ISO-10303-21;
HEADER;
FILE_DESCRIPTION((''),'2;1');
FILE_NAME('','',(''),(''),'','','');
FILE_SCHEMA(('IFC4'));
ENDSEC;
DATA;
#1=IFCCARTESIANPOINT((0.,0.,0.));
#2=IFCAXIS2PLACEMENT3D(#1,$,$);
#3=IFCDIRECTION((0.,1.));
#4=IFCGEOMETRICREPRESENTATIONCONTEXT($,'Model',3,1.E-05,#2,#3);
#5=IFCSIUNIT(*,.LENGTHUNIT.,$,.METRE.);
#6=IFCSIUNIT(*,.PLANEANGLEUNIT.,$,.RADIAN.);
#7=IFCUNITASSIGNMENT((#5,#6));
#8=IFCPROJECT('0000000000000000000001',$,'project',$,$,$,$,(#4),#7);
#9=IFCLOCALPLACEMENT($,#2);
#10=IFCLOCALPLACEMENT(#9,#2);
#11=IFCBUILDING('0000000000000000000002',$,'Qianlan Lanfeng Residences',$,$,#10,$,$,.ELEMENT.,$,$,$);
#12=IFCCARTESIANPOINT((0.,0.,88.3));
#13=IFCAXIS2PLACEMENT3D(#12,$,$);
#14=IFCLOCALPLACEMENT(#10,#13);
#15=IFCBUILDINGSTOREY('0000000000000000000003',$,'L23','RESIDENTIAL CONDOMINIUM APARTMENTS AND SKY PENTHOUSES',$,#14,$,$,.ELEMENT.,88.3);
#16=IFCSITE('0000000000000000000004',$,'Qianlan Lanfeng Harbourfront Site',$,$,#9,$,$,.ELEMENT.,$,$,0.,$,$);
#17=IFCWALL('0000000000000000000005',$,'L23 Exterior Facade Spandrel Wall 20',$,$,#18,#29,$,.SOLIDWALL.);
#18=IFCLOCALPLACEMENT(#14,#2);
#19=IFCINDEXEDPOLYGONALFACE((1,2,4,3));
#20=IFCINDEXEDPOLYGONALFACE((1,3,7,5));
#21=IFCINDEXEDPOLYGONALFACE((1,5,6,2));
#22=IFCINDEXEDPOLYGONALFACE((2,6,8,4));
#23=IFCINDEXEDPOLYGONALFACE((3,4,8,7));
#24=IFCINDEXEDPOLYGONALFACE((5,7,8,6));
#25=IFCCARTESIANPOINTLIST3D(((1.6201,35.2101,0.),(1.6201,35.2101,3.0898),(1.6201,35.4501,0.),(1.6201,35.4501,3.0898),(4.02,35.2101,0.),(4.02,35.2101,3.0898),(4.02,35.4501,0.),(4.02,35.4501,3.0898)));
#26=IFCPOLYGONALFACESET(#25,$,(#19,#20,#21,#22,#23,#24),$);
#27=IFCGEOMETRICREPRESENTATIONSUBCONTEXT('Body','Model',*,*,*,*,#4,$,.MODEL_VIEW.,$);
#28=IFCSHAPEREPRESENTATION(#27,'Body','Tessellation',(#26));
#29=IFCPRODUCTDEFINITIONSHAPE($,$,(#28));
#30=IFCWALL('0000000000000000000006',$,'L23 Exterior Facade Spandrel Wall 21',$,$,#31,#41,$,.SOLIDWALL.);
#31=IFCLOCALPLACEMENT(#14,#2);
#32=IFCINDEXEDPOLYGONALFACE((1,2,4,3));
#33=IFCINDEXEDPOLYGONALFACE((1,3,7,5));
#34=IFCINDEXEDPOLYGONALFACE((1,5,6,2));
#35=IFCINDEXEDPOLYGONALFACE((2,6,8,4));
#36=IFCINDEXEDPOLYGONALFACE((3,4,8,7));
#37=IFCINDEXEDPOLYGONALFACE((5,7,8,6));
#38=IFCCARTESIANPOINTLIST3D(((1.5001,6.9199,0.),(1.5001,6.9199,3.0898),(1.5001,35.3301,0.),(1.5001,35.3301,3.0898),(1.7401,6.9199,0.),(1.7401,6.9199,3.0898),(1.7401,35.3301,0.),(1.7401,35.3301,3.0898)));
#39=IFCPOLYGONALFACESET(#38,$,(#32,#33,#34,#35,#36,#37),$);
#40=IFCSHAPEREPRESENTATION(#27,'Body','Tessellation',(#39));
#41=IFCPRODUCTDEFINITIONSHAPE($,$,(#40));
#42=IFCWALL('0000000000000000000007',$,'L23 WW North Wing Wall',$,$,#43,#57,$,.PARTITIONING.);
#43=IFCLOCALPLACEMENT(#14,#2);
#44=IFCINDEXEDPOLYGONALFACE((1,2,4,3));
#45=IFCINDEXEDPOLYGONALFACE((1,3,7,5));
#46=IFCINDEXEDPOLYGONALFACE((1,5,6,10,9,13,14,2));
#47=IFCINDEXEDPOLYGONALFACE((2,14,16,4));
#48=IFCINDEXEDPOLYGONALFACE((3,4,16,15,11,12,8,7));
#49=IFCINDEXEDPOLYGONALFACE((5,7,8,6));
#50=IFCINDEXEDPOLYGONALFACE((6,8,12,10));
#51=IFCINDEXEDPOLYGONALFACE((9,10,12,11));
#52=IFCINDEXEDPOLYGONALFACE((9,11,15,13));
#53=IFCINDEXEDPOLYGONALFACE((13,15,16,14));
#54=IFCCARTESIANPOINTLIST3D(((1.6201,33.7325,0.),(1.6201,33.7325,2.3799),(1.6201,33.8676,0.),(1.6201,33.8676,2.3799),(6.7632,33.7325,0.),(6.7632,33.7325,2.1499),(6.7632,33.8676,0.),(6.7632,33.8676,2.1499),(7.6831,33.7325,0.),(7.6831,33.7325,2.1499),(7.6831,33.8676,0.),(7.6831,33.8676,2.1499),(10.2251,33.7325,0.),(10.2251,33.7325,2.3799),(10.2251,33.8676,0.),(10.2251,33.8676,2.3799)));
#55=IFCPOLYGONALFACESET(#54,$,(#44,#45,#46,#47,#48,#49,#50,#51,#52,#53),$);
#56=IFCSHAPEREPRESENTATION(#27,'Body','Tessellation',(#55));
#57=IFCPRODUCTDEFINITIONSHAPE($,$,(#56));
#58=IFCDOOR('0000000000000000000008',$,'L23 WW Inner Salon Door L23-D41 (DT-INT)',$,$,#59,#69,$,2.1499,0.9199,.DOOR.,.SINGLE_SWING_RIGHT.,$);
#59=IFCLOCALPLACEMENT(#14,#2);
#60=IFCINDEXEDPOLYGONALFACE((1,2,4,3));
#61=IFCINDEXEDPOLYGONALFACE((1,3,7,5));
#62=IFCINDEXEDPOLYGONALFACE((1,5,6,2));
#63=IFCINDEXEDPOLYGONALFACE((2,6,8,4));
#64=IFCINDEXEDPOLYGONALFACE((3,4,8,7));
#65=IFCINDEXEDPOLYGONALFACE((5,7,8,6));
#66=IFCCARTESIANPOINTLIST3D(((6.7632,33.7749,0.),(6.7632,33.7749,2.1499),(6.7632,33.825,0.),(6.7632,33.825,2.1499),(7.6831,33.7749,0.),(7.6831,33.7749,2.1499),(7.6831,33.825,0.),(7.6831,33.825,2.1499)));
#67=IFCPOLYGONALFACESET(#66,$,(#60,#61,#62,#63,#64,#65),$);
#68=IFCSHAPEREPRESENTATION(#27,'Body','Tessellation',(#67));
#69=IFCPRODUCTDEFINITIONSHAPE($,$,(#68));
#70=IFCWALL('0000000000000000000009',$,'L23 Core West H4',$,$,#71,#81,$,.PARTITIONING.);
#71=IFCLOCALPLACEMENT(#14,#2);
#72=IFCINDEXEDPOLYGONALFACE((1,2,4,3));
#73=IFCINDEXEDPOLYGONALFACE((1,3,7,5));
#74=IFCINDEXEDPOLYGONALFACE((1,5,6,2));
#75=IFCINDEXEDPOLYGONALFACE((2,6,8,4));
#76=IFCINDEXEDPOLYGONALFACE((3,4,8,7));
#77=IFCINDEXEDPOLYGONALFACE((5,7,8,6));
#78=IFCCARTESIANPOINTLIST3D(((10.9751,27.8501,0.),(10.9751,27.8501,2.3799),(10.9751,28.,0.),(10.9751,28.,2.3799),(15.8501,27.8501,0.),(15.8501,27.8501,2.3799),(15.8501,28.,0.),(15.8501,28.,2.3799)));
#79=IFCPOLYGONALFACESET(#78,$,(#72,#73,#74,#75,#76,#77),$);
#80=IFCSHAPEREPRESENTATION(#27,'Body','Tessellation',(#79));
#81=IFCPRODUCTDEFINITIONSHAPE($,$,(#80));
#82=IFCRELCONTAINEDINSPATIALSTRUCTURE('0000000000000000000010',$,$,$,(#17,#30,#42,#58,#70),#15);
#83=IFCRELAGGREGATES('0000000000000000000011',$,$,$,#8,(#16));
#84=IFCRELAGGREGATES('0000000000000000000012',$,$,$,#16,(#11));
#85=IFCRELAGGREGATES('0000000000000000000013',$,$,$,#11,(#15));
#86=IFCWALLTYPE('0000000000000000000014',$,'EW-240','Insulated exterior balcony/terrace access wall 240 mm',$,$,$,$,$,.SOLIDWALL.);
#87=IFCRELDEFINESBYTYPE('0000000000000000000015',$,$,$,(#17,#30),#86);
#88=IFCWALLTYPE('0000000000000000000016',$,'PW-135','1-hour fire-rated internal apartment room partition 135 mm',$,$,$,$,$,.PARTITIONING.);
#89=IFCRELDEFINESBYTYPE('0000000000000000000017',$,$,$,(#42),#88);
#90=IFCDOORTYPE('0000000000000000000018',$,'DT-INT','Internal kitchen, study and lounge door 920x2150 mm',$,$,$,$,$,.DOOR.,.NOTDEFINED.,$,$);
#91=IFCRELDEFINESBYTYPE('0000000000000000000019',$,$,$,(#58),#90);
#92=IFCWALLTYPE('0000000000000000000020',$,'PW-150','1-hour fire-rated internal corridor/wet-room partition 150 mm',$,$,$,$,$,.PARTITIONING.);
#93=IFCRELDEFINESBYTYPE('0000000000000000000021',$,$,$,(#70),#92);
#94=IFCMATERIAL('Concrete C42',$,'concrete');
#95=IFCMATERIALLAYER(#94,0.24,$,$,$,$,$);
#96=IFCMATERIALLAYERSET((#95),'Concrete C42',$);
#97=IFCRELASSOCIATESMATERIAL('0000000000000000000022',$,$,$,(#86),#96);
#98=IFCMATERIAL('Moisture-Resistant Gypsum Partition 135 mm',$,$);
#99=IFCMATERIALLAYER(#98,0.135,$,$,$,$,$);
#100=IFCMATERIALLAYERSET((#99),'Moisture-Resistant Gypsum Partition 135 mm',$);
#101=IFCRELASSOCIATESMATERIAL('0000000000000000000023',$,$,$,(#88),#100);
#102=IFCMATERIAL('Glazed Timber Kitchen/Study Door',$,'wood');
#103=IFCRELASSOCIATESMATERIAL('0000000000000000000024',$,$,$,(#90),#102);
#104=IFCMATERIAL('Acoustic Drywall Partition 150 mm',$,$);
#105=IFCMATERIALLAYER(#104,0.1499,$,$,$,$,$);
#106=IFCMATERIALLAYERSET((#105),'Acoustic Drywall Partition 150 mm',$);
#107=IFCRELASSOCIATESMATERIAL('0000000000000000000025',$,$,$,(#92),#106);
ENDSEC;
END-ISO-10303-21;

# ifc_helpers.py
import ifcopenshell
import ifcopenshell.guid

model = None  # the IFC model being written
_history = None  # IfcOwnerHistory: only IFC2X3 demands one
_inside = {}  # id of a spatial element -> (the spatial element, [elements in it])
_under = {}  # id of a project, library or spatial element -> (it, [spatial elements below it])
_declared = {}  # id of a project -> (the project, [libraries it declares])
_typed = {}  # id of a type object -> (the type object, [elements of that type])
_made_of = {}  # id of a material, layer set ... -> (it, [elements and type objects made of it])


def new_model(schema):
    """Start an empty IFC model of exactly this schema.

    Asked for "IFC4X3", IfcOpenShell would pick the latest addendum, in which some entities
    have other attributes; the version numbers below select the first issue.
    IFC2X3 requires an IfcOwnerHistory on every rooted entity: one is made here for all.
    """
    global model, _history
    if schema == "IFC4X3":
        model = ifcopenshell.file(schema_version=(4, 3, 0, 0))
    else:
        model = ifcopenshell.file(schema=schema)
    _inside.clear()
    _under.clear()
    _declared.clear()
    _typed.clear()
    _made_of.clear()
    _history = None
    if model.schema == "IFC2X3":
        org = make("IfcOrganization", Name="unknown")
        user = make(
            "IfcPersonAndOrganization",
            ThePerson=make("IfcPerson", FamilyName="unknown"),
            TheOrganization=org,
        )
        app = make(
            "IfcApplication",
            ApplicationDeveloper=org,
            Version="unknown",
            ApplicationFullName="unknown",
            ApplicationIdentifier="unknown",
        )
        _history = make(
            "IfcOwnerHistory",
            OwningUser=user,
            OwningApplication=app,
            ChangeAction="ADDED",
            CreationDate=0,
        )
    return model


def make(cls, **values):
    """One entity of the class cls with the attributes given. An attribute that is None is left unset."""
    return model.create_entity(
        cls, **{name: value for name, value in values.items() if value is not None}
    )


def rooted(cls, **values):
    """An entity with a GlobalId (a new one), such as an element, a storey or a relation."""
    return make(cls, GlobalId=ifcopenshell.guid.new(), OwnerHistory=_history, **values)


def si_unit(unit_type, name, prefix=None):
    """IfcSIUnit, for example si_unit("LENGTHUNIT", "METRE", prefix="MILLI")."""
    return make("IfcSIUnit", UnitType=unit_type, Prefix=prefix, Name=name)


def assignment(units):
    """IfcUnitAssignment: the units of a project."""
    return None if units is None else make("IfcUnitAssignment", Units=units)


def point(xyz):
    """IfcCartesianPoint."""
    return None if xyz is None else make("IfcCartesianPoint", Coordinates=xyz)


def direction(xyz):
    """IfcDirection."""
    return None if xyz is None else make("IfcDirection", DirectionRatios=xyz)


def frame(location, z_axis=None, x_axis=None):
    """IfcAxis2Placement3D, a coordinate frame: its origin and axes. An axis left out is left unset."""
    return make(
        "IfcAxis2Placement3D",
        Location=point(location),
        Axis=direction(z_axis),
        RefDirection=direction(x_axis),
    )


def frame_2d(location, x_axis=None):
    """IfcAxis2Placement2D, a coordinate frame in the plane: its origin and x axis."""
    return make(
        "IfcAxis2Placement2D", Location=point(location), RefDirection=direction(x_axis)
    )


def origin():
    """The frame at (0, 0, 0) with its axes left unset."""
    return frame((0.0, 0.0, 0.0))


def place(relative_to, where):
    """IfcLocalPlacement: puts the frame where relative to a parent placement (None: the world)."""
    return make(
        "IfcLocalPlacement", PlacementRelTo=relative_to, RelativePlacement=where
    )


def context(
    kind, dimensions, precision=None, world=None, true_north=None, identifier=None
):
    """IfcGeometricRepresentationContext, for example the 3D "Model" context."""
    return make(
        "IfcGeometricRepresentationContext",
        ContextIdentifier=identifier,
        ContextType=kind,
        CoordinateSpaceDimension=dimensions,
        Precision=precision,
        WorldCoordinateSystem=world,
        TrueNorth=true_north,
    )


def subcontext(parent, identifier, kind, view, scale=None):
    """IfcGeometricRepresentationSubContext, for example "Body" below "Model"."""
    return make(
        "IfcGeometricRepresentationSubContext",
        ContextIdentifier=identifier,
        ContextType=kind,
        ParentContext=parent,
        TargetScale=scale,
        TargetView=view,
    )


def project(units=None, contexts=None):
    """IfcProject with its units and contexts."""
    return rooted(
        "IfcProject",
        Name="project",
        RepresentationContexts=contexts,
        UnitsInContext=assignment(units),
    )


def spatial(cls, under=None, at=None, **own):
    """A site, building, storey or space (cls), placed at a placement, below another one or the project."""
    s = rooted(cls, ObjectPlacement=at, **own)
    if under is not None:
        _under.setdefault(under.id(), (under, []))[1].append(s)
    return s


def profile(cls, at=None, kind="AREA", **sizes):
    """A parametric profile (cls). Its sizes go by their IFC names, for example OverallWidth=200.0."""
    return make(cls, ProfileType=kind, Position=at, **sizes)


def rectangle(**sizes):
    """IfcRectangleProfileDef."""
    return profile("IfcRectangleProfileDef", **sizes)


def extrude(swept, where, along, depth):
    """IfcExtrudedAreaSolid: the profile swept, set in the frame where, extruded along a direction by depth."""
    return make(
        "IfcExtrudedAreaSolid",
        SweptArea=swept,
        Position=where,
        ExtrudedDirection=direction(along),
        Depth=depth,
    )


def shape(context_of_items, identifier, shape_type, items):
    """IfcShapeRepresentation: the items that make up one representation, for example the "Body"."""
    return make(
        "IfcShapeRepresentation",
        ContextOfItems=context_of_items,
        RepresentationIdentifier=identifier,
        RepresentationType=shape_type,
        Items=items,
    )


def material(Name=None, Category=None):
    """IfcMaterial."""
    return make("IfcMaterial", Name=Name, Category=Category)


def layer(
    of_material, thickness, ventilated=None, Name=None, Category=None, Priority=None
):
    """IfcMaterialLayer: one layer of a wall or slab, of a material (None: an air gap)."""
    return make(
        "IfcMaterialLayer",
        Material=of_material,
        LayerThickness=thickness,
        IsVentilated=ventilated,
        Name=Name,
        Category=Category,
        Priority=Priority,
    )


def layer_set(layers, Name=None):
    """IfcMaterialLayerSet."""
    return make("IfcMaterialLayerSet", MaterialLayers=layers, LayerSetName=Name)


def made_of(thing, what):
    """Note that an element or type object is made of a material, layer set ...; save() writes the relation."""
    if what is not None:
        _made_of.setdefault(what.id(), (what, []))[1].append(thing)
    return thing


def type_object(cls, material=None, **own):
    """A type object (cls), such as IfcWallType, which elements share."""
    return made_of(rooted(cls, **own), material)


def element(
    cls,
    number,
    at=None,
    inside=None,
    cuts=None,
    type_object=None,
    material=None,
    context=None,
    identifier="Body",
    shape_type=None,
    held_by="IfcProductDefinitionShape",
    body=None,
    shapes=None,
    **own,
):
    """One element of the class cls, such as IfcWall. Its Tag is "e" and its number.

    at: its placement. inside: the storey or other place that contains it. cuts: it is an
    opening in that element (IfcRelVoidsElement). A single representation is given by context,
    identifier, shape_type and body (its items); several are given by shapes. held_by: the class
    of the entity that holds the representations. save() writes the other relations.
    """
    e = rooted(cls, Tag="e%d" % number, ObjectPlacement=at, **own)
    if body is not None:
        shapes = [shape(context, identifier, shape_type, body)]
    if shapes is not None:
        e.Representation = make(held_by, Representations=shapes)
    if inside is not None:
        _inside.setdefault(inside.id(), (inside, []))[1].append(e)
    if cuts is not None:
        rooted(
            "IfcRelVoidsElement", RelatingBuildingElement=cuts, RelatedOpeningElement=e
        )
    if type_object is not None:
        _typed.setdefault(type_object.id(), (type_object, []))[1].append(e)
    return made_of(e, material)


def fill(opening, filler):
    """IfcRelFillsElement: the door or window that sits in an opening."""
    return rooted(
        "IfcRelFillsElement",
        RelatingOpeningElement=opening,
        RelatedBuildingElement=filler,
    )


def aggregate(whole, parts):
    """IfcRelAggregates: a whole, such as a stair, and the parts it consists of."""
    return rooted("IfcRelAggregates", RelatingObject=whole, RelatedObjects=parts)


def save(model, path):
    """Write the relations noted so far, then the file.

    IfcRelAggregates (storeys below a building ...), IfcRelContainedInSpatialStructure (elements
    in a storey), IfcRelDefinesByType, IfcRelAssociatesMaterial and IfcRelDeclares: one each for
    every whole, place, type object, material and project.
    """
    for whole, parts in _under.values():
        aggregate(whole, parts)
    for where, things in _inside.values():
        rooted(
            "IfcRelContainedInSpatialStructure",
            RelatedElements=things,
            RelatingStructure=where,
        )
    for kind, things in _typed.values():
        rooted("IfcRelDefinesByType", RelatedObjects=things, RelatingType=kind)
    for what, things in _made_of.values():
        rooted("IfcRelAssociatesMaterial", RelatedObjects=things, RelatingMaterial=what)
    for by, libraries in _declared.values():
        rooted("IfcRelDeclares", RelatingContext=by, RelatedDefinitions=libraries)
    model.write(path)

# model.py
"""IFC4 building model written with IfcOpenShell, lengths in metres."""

from ifc_helpers import new_model, si_unit, direction, frame, frame_2d, origin, place, context, subcontext, project, spatial, rectangle, extrude, material, layer, layer_set, type_object, element, fill, save


model = new_model("IFC4")

# Units and contexts
model_context = context("Model", 3, precision=1e-05, world=origin(), true_north=direction((0.0, 1.0)))
body_context = subcontext(model_context, "Body", "Model", "MODEL_VIEW")
ifc_project = project(units=[si_unit("LENGTHUNIT", "METRE"), si_unit("PLANEANGLEUNIT", "RADIAN")], contexts=[model_context])

# Site, building, storey
site_placement = place(None, origin())
site = spatial("IfcSite", under=ifc_project, at=site_placement, Name="Qianlan Lanfeng Harbourfront Site", CompositionType="ELEMENT", RefElevation=0.0)
building_placement = place(site_placement, origin())
building = spatial("IfcBuilding", under=site, at=building_placement, Name="Qianlan Lanfeng Residences", CompositionType="ELEMENT")
storey_placement = place(building_placement, frame((0.0, 0.0, 88.3)))
storey = spatial("IfcBuildingStorey", under=building, at=storey_placement, Name="L23", Description="RESIDENTIAL CONDOMINIUM APARTMENTS AND SKY PENTHOUSES", CompositionType="ELEMENT", Elevation=88.3)

# Walls
ifc_material_1 = material(Name="Concrete C42", Category="concrete")
ifc_layer_1 = layer(ifc_material_1, 0.24)
ifc_layer_set_1 = layer_set([ifc_layer_1], Name="Concrete C42")
wall_type_1 = type_object("IfcWallType", Name="EW-240", Description="Insulated exterior balcony/terrace access wall 240 mm", PredefinedType="SOLIDWALL", material=ifc_layer_set_1)
for number, where, z_axis, x_axis, name in (
    (1, (4.02, 35.3301, 0.0), (0.0, 0.0, 1.0), (-1.0, 0.0, 0.0), "L23 Exterior Facade Spandrel Wall 20"),
):
    element("IfcWall", number, at=place(storey_placement, frame(where, z_axis=z_axis, x_axis=x_axis)), inside=storey, type_object=wall_type_1, Name=name, PredefinedType="SOLIDWALL", context=body_context, shape_type="SweptSolid", body=[
        extrude(rectangle(XDim=2.3999, YDim=0.24, at=frame_2d((1.2, 0.0))), origin(), (0.0, 0.0, 1.0), 3.0898),
    ])
wall_1_placement = place(storey_placement, frame((1.6201, 35.3301, 0.0), z_axis=(0.0, 0.0, 1.0), x_axis=(0.0, -1.0, 0.0)))
element("IfcWall", 2, at=wall_1_placement, inside=storey, type_object=wall_type_1, Name="L23 Exterior Facade Spandrel Wall 21", PredefinedType="SOLIDWALL", context=body_context, shape_type="SweptSolid", body=[
    extrude(rectangle(XDim=28.4102, YDim=0.24, at=frame_2d((14.2051, 0.0))), origin(), (0.0, 0.0, 1.0), 3.0898),
])

# Wall, opening, door
ifc_material_2 = material(Name="Moisture-Resistant Gypsum Partition 135 mm")
ifc_layer_2 = layer(ifc_material_2, 0.135)
ifc_layer_set_2 = layer_set([ifc_layer_2], Name="Moisture-Resistant Gypsum Partition 135 mm")
wall_type_2 = type_object("IfcWallType", Name="PW-135", Description="1-hour fire-rated internal apartment room partition 135 mm", PredefinedType="PARTITIONING", material=ifc_layer_set_2)
wall_2_placement = place(storey_placement, frame((1.6201, 33.8, 0.0), z_axis=(0.0, 0.0, 1.0), x_axis=(1.0, 0.0, 0.0)))
wall_2 = element("IfcWall", 3, at=wall_2_placement, inside=storey, type_object=wall_type_2, Name="L23 WW North Wing Wall", PredefinedType="PARTITIONING", context=body_context, shape_type="SweptSolid", body=[
    extrude(rectangle(XDim=8.605, YDim=0.135, at=frame_2d((4.3025, 0.0))), origin(), (0.0, 0.0, 1.0), 2.3799),
])
opening_1_placement = place(wall_2_placement, frame((5.1431, 0.0, 0.0)))
opening_1 = element("IfcOpeningElement", 4, at=opening_1_placement, cuts=wall_2, PredefinedType="OPENING", context=body_context, shape_type="SweptSolid", body=[
    extrude(rectangle(XDim=0.9199, YDim=2.1499, at=frame_2d((0.46, 1.075))), frame((0.0, 0.0776, 0.0), z_axis=(0.0, -1.0, 0.0), x_axis=(1.0, 0.0, 0.0)), (0.0, 0.0, 1.0), 0.155),
])
ifc_material_3 = material(Name="Glazed Timber Kitchen/Study Door", Category="wood")
door_type_1 = type_object("IfcDoorType", Name="DT-INT", Description="Internal kitchen, study and lounge door 920x2150 mm", OperationType="NOTDEFINED", PredefinedType="DOOR", material=ifc_material_3)
door_1_placement = place(opening_1_placement, origin())
door_1 = element("IfcDoor", 5, at=door_1_placement, inside=storey, type_object=door_type_1, Name="L23 WW Inner Salon Door L23-D41 (DT-INT)", OperationType="SINGLE_SWING_RIGHT", OverallHeight=2.1499, OverallWidth=0.9199, PredefinedType="DOOR", context=body_context, shape_type="SweptSolid", body=[
    extrude(rectangle(XDim=0.9199, YDim=2.1499, at=frame_2d((0.46, 1.075))), frame((0.0, 0.0249, 0.0), z_axis=(0.0, -1.0, 0.0), x_axis=(1.0, 0.0, 0.0)), (0.0, 0.0, 1.0), 0.05),
])
fill(opening_1, door_1)

# Wall
ifc_material_4 = material(Name="Acoustic Drywall Partition 150 mm")
ifc_layer_3 = layer(ifc_material_4, 0.1499)
ifc_layer_set_3 = layer_set([ifc_layer_3], Name="Acoustic Drywall Partition 150 mm")
wall_type_3 = type_object("IfcWallType", Name="PW-150", Description="1-hour fire-rated internal corridor/wet-room partition 150 mm", PredefinedType="PARTITIONING", material=ifc_layer_set_3)
wall_3_placement = place(storey_placement, frame((10.9751, 27.925, 0.0), z_axis=(0.0, 0.0, 1.0), x_axis=(1.0, 0.0, 0.0)))
element("IfcWall", 6, at=wall_3_placement, inside=storey, type_object=wall_type_3, Name="L23 Core West H4", PredefinedType="PARTITIONING", context=body_context, shape_type="SweptSolid", body=[
    extrude(rectangle(XDim=4.875, YDim=0.1499, at=frame_2d((2.4375, 0.0))), origin(), (0.0, 0.0, 1.0), 2.3799),
])

save(model, "model.ifc")
